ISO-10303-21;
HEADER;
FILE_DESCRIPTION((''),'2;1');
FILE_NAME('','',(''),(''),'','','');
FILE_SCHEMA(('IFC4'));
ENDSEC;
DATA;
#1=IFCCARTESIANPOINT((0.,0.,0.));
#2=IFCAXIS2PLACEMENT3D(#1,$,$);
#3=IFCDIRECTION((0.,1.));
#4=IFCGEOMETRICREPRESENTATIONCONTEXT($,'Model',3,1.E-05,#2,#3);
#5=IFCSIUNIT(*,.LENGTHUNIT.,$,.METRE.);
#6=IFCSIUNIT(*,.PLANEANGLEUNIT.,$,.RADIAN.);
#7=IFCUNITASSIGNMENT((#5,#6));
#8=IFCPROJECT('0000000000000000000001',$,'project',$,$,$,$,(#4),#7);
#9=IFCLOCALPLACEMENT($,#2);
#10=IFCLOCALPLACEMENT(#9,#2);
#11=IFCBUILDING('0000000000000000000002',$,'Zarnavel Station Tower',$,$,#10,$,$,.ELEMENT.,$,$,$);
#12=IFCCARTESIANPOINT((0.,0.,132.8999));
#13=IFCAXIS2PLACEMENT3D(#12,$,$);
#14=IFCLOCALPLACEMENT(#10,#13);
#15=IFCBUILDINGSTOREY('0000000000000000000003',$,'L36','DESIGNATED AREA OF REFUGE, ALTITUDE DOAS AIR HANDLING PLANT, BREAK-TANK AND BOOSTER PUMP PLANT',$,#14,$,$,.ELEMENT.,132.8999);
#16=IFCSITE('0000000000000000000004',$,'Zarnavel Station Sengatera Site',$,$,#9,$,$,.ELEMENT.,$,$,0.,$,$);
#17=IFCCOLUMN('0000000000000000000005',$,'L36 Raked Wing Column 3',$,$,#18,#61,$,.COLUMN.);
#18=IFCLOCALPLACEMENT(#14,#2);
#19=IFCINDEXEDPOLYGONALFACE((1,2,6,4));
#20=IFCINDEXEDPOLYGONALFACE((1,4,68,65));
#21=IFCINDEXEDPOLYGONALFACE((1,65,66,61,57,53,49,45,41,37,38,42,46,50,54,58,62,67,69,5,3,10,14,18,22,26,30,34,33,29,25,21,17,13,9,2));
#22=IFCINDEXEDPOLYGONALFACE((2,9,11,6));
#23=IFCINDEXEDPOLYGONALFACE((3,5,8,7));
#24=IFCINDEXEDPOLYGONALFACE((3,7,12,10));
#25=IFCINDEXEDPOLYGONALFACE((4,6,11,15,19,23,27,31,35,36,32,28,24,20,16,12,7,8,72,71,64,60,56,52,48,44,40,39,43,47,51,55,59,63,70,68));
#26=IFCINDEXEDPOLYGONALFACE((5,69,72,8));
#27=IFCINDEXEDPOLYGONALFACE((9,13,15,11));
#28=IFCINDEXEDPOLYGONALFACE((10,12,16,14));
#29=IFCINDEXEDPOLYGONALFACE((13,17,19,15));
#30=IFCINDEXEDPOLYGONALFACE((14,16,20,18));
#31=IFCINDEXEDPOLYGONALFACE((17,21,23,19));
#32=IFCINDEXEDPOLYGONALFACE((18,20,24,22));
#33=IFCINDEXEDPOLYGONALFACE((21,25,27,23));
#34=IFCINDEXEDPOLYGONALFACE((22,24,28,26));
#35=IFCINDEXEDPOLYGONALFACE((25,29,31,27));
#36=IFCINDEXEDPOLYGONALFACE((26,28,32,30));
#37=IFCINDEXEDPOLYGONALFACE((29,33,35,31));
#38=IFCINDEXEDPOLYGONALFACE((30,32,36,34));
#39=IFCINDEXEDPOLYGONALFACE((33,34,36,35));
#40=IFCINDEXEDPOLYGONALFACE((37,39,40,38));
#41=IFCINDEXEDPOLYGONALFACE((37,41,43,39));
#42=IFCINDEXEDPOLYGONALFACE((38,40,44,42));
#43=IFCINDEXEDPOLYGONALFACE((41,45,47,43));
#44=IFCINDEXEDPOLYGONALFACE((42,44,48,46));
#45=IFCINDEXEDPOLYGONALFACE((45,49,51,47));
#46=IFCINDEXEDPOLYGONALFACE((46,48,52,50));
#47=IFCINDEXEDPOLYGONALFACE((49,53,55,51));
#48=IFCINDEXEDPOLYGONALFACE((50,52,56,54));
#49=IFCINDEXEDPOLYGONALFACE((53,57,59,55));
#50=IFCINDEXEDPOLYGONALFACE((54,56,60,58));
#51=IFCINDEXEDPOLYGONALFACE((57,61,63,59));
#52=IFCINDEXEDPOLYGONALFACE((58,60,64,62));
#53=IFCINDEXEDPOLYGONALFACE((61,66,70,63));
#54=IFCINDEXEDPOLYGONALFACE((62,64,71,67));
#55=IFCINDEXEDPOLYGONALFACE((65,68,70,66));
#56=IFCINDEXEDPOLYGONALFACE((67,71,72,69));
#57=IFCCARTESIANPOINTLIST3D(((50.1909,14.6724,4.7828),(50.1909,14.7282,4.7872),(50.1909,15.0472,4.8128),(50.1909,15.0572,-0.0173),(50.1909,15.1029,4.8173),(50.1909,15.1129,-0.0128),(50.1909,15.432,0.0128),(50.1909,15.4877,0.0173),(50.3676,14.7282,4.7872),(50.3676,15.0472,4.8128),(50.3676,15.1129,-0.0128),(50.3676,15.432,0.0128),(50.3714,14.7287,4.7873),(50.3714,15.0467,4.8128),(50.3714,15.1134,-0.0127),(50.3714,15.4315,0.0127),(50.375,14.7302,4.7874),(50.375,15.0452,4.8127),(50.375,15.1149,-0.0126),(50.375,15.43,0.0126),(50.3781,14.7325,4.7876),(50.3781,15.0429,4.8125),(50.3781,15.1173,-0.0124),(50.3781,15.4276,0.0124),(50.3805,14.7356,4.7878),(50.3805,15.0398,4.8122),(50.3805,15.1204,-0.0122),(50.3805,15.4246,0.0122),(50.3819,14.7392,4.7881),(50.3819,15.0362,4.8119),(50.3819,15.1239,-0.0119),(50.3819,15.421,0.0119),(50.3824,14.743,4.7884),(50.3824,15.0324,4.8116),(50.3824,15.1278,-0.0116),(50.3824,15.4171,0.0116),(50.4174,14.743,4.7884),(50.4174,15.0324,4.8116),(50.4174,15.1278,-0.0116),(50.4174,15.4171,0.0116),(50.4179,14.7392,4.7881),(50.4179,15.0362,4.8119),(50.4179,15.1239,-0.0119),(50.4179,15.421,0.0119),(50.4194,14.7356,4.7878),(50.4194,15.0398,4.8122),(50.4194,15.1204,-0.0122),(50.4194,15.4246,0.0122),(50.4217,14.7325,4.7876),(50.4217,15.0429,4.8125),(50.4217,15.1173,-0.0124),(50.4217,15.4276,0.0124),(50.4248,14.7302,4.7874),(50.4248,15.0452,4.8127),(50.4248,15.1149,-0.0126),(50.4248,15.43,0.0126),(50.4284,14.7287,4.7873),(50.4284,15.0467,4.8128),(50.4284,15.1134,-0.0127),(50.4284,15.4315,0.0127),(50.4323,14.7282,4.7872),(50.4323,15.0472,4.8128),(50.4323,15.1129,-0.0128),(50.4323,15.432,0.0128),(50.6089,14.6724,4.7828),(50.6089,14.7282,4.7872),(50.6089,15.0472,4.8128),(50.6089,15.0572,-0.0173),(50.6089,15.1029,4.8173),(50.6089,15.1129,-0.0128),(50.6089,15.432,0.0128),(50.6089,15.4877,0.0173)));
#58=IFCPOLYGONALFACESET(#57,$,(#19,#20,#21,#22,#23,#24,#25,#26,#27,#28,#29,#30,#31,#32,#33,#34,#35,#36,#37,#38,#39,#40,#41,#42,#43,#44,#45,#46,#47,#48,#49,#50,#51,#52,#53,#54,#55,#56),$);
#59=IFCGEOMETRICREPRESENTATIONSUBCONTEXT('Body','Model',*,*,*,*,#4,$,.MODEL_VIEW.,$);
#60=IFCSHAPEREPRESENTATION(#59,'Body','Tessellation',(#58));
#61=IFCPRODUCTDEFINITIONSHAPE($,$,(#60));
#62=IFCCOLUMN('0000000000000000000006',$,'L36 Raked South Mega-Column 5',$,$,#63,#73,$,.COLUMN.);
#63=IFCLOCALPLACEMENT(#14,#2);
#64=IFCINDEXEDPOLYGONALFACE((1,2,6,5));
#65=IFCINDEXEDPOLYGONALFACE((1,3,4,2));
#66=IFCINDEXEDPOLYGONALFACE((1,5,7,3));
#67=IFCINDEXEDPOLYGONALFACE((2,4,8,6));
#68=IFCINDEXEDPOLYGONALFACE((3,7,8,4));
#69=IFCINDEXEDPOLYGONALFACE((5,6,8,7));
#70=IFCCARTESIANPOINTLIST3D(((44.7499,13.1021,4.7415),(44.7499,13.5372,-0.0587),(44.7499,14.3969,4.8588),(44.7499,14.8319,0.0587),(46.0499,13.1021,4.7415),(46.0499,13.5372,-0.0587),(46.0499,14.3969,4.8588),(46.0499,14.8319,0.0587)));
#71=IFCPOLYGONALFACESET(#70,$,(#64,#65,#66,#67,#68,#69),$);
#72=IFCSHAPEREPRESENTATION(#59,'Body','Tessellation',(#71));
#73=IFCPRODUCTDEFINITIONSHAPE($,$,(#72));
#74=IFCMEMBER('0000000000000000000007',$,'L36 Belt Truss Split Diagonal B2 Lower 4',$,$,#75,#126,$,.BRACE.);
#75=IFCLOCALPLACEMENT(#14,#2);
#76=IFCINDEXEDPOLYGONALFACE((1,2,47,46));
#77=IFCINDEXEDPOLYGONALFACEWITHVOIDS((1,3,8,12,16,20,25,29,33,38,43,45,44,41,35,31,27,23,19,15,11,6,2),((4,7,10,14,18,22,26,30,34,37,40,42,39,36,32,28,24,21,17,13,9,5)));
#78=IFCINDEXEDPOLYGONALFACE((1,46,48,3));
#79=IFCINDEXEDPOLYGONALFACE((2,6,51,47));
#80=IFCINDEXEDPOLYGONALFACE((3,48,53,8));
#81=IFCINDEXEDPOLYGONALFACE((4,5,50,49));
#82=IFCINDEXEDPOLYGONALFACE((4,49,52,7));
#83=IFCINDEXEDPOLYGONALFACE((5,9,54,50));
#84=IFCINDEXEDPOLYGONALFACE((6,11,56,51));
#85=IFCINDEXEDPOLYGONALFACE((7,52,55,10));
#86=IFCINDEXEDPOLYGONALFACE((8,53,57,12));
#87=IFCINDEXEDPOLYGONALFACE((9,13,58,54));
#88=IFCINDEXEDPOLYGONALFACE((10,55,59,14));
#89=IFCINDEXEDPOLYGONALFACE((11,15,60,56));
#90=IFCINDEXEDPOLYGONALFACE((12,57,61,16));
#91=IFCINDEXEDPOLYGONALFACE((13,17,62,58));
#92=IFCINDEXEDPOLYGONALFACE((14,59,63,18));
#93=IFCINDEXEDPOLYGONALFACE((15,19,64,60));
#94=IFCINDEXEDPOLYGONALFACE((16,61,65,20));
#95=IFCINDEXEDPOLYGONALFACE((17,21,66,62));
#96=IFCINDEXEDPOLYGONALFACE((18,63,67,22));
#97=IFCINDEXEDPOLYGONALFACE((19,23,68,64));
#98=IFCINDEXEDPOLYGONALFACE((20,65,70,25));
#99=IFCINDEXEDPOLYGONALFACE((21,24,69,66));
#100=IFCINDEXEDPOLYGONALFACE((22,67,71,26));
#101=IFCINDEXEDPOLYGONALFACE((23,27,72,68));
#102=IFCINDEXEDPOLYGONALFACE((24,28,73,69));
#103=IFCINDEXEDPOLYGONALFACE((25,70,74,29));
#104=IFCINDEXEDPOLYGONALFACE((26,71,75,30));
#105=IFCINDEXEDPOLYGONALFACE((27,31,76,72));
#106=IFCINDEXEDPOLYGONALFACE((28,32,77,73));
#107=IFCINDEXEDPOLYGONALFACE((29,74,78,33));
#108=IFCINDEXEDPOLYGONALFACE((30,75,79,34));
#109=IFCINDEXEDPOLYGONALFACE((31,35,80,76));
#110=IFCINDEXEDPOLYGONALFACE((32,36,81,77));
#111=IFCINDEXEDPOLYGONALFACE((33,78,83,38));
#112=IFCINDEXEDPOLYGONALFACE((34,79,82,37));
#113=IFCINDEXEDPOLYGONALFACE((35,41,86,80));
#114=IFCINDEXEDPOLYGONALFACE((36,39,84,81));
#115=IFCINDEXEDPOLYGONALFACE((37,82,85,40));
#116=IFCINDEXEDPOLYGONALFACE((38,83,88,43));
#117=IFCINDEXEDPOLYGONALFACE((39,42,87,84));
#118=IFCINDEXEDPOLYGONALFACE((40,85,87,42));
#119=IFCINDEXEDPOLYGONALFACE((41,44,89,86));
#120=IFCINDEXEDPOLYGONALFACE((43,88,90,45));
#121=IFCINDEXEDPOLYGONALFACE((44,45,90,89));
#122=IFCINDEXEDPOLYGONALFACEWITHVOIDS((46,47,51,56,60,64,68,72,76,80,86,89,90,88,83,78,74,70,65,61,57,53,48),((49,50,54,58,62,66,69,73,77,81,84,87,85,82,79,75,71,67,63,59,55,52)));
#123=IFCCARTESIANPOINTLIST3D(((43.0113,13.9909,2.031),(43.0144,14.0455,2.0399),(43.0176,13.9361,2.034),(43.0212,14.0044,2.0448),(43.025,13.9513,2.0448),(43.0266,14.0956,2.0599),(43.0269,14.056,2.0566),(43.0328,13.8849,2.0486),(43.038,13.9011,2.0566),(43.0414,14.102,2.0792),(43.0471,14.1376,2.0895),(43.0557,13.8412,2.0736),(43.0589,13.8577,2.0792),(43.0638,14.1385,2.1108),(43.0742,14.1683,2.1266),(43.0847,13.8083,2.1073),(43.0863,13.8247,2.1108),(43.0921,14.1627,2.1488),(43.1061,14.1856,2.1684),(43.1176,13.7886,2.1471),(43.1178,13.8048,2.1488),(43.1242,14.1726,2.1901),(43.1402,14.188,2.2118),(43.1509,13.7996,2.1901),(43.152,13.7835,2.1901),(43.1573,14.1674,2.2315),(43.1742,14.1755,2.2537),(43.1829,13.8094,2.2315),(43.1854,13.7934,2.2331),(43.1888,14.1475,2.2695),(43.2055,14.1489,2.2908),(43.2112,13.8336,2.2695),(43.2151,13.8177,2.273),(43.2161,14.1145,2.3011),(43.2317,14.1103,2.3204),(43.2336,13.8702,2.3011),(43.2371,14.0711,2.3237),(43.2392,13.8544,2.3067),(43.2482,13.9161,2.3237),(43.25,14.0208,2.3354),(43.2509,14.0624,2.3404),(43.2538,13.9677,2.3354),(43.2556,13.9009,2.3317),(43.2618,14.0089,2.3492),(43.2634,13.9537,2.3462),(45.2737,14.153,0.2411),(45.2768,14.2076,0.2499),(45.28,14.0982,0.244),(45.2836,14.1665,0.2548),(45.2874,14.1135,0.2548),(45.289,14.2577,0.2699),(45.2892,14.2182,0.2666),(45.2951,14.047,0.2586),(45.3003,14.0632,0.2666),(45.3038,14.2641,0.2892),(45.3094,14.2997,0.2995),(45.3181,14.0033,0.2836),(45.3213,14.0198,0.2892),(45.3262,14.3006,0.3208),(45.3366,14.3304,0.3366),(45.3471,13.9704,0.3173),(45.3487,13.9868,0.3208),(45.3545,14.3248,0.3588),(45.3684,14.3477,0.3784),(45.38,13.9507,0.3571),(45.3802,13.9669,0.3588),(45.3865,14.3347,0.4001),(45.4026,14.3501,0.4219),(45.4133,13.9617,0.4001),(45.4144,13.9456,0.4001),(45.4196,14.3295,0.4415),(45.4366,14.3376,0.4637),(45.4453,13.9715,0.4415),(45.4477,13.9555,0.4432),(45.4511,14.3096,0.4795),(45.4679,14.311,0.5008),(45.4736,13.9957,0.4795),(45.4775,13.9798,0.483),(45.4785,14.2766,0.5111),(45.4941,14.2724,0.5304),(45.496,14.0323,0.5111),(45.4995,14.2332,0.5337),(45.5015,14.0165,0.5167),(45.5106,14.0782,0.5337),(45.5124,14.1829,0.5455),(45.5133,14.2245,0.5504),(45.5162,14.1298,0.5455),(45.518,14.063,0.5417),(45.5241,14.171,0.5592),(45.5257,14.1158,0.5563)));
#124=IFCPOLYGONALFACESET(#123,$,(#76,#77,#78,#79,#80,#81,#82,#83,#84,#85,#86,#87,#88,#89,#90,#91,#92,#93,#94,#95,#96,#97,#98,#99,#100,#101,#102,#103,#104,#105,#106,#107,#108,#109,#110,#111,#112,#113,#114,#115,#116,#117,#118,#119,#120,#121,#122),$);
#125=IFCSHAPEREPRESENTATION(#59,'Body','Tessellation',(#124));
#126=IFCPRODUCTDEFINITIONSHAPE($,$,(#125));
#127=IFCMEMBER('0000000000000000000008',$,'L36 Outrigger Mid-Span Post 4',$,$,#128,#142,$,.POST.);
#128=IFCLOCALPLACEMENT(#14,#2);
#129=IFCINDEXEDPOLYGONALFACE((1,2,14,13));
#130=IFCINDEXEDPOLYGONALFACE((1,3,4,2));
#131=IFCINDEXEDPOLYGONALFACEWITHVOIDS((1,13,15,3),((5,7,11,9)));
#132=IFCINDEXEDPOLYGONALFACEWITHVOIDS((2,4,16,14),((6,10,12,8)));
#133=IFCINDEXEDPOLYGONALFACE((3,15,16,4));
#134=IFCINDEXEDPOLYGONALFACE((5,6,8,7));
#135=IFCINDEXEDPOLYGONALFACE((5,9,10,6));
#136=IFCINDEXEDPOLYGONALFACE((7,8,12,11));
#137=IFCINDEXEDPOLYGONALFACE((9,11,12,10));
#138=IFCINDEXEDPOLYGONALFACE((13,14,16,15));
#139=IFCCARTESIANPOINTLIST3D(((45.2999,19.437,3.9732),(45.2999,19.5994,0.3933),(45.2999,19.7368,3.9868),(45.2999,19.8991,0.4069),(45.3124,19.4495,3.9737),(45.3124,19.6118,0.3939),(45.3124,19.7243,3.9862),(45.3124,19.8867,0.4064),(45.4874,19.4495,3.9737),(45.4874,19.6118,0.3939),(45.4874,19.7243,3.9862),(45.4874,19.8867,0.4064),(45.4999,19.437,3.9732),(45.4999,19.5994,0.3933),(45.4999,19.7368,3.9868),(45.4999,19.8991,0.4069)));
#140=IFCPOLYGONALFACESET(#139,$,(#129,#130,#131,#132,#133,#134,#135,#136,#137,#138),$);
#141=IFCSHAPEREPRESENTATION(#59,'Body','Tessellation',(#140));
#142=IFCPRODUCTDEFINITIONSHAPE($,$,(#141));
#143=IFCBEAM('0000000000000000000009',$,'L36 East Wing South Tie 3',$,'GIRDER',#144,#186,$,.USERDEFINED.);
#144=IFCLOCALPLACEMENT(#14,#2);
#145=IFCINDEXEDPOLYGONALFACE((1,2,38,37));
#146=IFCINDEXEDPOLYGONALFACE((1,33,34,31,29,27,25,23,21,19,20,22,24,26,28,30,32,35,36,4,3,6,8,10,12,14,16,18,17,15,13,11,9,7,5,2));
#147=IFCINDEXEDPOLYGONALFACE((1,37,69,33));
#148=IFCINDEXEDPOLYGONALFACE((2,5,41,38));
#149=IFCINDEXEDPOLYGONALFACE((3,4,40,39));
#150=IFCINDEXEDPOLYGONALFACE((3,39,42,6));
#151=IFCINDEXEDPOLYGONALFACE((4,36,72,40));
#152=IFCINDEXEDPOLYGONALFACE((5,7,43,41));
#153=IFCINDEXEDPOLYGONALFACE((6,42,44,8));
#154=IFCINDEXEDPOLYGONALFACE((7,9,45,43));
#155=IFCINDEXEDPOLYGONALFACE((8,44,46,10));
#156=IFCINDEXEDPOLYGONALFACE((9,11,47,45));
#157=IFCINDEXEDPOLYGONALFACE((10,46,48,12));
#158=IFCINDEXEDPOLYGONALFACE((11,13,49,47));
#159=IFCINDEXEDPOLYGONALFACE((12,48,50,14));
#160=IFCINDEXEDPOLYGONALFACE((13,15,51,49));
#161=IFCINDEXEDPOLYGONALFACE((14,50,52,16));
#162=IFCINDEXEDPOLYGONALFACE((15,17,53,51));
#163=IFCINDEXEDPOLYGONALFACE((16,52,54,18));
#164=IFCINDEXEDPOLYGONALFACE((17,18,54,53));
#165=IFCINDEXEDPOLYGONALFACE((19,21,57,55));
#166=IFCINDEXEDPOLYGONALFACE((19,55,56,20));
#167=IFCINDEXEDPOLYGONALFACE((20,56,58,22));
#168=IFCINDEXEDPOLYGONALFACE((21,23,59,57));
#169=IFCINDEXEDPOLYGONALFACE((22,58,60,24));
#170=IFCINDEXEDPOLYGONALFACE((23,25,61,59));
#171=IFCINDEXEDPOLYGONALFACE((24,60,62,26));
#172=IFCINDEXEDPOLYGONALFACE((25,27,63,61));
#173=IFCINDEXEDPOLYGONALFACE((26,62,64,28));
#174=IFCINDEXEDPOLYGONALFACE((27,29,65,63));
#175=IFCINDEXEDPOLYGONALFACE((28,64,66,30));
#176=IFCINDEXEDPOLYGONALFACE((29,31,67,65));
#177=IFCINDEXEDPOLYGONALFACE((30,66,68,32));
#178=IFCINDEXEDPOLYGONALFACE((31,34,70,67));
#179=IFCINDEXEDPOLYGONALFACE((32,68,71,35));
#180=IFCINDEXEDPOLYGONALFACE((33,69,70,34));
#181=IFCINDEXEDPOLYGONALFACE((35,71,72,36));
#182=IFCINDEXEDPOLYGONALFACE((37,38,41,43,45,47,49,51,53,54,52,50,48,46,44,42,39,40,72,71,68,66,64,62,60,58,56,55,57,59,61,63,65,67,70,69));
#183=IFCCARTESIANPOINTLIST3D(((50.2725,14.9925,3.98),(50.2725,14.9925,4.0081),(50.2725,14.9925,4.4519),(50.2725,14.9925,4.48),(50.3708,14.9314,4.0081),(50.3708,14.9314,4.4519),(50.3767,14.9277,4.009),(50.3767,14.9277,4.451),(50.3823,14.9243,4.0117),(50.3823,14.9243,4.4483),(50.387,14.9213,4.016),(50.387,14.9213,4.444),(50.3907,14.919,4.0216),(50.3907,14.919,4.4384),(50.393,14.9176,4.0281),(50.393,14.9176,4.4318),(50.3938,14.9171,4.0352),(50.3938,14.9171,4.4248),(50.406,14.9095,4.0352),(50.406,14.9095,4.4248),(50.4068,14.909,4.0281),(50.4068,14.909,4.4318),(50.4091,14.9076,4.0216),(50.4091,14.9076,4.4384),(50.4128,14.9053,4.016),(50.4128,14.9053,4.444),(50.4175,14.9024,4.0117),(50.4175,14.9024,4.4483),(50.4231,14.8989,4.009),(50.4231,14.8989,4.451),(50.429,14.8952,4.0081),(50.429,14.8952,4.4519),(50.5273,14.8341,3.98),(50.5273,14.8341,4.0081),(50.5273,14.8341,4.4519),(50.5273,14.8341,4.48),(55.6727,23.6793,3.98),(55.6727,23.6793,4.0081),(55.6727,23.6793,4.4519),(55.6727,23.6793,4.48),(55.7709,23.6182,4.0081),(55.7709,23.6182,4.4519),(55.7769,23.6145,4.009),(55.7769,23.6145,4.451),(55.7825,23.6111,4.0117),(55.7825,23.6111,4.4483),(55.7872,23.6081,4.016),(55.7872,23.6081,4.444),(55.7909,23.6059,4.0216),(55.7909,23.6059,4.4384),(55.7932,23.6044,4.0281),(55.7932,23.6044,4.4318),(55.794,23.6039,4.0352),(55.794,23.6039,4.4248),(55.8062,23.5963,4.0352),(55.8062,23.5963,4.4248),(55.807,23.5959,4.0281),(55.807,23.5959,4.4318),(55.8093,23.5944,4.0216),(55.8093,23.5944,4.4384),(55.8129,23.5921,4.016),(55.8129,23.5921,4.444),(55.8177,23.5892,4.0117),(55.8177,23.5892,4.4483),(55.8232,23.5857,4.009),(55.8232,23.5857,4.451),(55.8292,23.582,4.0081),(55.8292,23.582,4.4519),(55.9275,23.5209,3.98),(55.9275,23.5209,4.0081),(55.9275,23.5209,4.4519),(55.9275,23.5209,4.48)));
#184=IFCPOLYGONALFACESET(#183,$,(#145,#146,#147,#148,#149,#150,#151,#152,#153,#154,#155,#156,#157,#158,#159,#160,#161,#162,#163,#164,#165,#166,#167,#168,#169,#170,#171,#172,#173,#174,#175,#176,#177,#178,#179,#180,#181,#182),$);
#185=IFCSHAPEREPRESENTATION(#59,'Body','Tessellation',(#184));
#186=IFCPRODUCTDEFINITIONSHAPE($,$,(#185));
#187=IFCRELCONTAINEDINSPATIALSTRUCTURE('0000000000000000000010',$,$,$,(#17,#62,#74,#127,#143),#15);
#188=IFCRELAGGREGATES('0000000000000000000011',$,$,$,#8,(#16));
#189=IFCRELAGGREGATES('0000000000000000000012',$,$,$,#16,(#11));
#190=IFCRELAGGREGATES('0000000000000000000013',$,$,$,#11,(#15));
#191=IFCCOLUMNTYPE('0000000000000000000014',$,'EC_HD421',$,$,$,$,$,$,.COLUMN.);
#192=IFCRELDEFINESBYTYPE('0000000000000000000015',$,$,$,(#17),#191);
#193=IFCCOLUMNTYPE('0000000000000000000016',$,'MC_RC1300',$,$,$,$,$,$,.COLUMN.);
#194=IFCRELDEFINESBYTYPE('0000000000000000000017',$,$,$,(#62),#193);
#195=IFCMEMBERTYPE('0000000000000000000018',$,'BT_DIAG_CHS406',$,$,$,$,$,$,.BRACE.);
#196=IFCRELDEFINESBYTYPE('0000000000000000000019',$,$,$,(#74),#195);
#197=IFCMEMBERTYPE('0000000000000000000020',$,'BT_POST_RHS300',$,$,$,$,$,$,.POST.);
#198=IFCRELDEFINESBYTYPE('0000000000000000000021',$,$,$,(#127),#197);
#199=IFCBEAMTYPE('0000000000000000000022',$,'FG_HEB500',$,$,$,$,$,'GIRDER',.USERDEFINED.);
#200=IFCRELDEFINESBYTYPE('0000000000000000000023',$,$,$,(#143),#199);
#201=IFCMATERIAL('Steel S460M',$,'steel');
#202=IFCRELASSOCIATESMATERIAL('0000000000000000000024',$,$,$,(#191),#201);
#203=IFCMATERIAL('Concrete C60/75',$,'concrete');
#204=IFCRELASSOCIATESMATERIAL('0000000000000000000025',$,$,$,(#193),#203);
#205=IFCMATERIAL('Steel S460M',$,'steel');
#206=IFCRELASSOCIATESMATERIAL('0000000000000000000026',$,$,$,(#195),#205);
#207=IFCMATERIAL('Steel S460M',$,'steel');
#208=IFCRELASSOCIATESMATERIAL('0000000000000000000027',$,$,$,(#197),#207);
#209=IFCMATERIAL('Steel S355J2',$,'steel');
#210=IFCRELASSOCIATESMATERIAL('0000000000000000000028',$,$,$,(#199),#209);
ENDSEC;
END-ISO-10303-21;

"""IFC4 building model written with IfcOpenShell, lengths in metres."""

from ifc_helpers import new_model, si_unit, direction, frame, origin, origin_2d, place, context, subcontext, project, spatial, rectangle, hollow_rectangle, hollow_circle, i_section, extrude, material, material_profile, profile_set, type_object, element, save


model = new_model("IFC4")

# Units and contexts
model_context = context("Model", 3, precision=1e-05, world=origin(), true_north=direction((0.0, 1.0)))
body_context = subcontext(model_context, "Body", "Model", "MODEL_VIEW")
ifc_project = project(units=[si_unit("LENGTHUNIT", "METRE"), si_unit("PLANEANGLEUNIT", "RADIAN")], contexts=[model_context])

# Site, building, storey
site_placement = place(None, origin())
site = spatial("IfcSite", under=ifc_project, at=site_placement, Name="Zarnavel Station Sengatera Site", CompositionType="ELEMENT", RefElevation=0.0)
building_placement = place(site_placement, origin())
building = spatial("IfcBuilding", under=site, at=building_placement, Name="Zarnavel Station Tower", CompositionType="ELEMENT")
storey_placement = place(building_placement, frame((0.0, 0.0, 132.8999)))
storey = spatial("IfcBuildingStorey", under=building, at=storey_placement, Name="L36", Description="DESIGNATED AREA OF REFUGE, ALTITUDE DOAS AIR HANDLING PLANT, BREAK-TANK AND BOOSTER PUMP PLANT", CompositionType="ELEMENT", Elevation=132.8999)

# Columns
ifc_material_1 = material(Name="Steel S460M", Category="steel")
ifc_material_profile_1 = material_profile(ifc_material_1, i_section(OverallWidth=0.418, OverallDepth=0.4319, WebThickness=0.0349, FlangeThickness=0.0559, FilletRadius=0.0149, at=origin_2d()), Name="HD400x421")
ifc_profile_set_1 = profile_set([ifc_material_profile_1], Name="Steel S460M")
column_type_1 = type_object("IfcColumnType", Name="EC_HD421", PredefinedType="COLUMN", material=ifc_profile_set_1)
column_1_placement = place(storey_placement, frame((50.3999, 15.2725, 0.0), z_axis=(0.0, -0.079902, 0.996803), x_axis=(1.0, 0.0, 0.0)))
element("IfcColumn", 1, at=column_1_placement, inside=storey, type_object=column_type_1, Name="L36 Raked Wing Column 3", PredefinedType="COLUMN", context=body_context, shape_type="SweptSolid", body=[
    extrude(i_section(OverallWidth=0.418, OverallDepth=0.4319, WebThickness=0.0349, FlangeThickness=0.0559, FilletRadius=0.0149, at=origin_2d()), origin(), (0.0, 0.0, 1.0), 4.8154),
])
ifc_material_2 = material(Name="Concrete C60/75", Category="concrete")
ifc_material_profile_2 = material_profile(ifc_material_2, rectangle(XDim=1.3, YDim=1.3, at=origin_2d()), Name="RC1300x1300")
ifc_profile_set_2 = profile_set([ifc_material_profile_2], Name="Concrete C60/75")
column_type_2 = type_object("IfcColumnType", Name="MC_RC1300", PredefinedType="COLUMN", material=ifc_profile_set_2)
column_2_placement = place(storey_placement, frame((45.3999, 14.1846, 0.0), z_axis=(0.0, -0.090266, 0.995918), x_axis=(1.0, 0.0, 0.0)))
element("IfcColumn", 2, at=column_2_placement, inside=storey, type_object=column_type_2, Name="L36 Raked South Mega-Column 5", PredefinedType="COLUMN", context=body_context, shape_type="SweptSolid", body=[
    extrude(rectangle(XDim=1.3, YDim=1.3, at=origin_2d()), origin(), (0.0, 0.0, 1.0), 4.8198),
])

# Members
ifc_material_3 = material(Name="Steel S460M", Category="steel")
ifc_material_profile_3 = material_profile(ifc_material_3, hollow_circle(Radius=0.2031, WallThickness=0.0161, at=origin_2d()), Name="CHS406.4x16")
ifc_profile_set_3 = profile_set([ifc_material_profile_3], Name="Steel S460M")
member_type_1 = type_object("IfcMemberType", Name="BT_DIAG_CHS406", PredefinedType="BRACE", material=ifc_profile_set_3)
member_1_placement = place(storey_placement, frame((45.3999, 14.1482, 0.4001), z_axis=(-0.782991, -0.056103, 0.619498), x_axis=(0.071469, -0.997443, 0.0)))
element("IfcMember", 3, at=member_1_placement, inside=storey, type_object=member_type_1, Name="L36 Belt Truss Split Diagonal B2 Lower 4", PredefinedType="BRACE", context=body_context, shape_type="SweptSolid", body=[
    extrude(hollow_circle(Radius=0.2031, WallThickness=0.0161, at=origin_2d()), origin(), (0.0, 0.0, 1.0), 2.8894),
])
ifc_material_4 = material(Name="Steel S460M", Category="steel")
ifc_material_profile_4 = material_profile(ifc_material_4, hollow_rectangle(XDim=0.2, YDim=0.3, WallThickness=0.0125, at=origin_2d()), Name="RHS300x200x12.5")
ifc_profile_set_4 = profile_set([ifc_material_profile_4], Name="Steel S460M")
member_type_2 = type_object("IfcMemberType", Name="BT_POST_RHS300", PredefinedType="POST", material=ifc_profile_set_4)
member_2_placement = place(storey_placement, frame((45.3999, 19.7493, 0.4001), z_axis=(0.0, -0.045306, 0.998973), x_axis=(1.0, 0.0, 0.0)))
element("IfcMember", 4, at=member_2_placement, inside=storey, type_object=member_type_2, Name="L36 Outrigger Mid-Span Post 4", PredefinedType="POST", context=body_context, shape_type="SweptSolid", body=[
    extrude(hollow_rectangle(XDim=0.2, YDim=0.3, WallThickness=0.0125, at=origin_2d()), origin(), (0.0, 0.0, 1.0), 3.5835),
])

# Beam
ifc_material_5 = material(Name="Steel S355J2", Category="steel")
ifc_material_profile_5 = material_profile(ifc_material_5, i_section(OverallWidth=0.3, OverallDepth=0.5, WebThickness=0.0144, FlangeThickness=0.0281, FilletRadius=0.0271, at=origin_2d()), Name="HEB500")
ifc_profile_set_5 = profile_set([ifc_material_profile_5], Name="Steel S355J2")
beam_type_1 = type_object("IfcBeamType", Name="FG_HEB500", ElementType="GIRDER", PredefinedType="USERDEFINED", material=ifc_profile_set_5)
beam_1_placement = place(storey_placement, frame((50.3999, 14.9133, 4.23), z_axis=(0.527953, 0.849274, 0.0), x_axis=(-0.849274, 0.527953, 0.0)))
element("IfcBeam", 5, at=beam_1_placement, inside=storey, type_object=beam_type_1, Name="L36 East Wing South Tie 3", ObjectType="GIRDER", PredefinedType="USERDEFINED", context=body_context, shape_type="SweptSolid", body=[
    extrude(i_section(OverallWidth=0.3, OverallDepth=0.5, WebThickness=0.0144, FlangeThickness=0.0281, FilletRadius=0.0271, at=origin_2d()), origin(), (0.0, 0.0, 1.0), 10.2285),
])

save(model, "model.ifc")
